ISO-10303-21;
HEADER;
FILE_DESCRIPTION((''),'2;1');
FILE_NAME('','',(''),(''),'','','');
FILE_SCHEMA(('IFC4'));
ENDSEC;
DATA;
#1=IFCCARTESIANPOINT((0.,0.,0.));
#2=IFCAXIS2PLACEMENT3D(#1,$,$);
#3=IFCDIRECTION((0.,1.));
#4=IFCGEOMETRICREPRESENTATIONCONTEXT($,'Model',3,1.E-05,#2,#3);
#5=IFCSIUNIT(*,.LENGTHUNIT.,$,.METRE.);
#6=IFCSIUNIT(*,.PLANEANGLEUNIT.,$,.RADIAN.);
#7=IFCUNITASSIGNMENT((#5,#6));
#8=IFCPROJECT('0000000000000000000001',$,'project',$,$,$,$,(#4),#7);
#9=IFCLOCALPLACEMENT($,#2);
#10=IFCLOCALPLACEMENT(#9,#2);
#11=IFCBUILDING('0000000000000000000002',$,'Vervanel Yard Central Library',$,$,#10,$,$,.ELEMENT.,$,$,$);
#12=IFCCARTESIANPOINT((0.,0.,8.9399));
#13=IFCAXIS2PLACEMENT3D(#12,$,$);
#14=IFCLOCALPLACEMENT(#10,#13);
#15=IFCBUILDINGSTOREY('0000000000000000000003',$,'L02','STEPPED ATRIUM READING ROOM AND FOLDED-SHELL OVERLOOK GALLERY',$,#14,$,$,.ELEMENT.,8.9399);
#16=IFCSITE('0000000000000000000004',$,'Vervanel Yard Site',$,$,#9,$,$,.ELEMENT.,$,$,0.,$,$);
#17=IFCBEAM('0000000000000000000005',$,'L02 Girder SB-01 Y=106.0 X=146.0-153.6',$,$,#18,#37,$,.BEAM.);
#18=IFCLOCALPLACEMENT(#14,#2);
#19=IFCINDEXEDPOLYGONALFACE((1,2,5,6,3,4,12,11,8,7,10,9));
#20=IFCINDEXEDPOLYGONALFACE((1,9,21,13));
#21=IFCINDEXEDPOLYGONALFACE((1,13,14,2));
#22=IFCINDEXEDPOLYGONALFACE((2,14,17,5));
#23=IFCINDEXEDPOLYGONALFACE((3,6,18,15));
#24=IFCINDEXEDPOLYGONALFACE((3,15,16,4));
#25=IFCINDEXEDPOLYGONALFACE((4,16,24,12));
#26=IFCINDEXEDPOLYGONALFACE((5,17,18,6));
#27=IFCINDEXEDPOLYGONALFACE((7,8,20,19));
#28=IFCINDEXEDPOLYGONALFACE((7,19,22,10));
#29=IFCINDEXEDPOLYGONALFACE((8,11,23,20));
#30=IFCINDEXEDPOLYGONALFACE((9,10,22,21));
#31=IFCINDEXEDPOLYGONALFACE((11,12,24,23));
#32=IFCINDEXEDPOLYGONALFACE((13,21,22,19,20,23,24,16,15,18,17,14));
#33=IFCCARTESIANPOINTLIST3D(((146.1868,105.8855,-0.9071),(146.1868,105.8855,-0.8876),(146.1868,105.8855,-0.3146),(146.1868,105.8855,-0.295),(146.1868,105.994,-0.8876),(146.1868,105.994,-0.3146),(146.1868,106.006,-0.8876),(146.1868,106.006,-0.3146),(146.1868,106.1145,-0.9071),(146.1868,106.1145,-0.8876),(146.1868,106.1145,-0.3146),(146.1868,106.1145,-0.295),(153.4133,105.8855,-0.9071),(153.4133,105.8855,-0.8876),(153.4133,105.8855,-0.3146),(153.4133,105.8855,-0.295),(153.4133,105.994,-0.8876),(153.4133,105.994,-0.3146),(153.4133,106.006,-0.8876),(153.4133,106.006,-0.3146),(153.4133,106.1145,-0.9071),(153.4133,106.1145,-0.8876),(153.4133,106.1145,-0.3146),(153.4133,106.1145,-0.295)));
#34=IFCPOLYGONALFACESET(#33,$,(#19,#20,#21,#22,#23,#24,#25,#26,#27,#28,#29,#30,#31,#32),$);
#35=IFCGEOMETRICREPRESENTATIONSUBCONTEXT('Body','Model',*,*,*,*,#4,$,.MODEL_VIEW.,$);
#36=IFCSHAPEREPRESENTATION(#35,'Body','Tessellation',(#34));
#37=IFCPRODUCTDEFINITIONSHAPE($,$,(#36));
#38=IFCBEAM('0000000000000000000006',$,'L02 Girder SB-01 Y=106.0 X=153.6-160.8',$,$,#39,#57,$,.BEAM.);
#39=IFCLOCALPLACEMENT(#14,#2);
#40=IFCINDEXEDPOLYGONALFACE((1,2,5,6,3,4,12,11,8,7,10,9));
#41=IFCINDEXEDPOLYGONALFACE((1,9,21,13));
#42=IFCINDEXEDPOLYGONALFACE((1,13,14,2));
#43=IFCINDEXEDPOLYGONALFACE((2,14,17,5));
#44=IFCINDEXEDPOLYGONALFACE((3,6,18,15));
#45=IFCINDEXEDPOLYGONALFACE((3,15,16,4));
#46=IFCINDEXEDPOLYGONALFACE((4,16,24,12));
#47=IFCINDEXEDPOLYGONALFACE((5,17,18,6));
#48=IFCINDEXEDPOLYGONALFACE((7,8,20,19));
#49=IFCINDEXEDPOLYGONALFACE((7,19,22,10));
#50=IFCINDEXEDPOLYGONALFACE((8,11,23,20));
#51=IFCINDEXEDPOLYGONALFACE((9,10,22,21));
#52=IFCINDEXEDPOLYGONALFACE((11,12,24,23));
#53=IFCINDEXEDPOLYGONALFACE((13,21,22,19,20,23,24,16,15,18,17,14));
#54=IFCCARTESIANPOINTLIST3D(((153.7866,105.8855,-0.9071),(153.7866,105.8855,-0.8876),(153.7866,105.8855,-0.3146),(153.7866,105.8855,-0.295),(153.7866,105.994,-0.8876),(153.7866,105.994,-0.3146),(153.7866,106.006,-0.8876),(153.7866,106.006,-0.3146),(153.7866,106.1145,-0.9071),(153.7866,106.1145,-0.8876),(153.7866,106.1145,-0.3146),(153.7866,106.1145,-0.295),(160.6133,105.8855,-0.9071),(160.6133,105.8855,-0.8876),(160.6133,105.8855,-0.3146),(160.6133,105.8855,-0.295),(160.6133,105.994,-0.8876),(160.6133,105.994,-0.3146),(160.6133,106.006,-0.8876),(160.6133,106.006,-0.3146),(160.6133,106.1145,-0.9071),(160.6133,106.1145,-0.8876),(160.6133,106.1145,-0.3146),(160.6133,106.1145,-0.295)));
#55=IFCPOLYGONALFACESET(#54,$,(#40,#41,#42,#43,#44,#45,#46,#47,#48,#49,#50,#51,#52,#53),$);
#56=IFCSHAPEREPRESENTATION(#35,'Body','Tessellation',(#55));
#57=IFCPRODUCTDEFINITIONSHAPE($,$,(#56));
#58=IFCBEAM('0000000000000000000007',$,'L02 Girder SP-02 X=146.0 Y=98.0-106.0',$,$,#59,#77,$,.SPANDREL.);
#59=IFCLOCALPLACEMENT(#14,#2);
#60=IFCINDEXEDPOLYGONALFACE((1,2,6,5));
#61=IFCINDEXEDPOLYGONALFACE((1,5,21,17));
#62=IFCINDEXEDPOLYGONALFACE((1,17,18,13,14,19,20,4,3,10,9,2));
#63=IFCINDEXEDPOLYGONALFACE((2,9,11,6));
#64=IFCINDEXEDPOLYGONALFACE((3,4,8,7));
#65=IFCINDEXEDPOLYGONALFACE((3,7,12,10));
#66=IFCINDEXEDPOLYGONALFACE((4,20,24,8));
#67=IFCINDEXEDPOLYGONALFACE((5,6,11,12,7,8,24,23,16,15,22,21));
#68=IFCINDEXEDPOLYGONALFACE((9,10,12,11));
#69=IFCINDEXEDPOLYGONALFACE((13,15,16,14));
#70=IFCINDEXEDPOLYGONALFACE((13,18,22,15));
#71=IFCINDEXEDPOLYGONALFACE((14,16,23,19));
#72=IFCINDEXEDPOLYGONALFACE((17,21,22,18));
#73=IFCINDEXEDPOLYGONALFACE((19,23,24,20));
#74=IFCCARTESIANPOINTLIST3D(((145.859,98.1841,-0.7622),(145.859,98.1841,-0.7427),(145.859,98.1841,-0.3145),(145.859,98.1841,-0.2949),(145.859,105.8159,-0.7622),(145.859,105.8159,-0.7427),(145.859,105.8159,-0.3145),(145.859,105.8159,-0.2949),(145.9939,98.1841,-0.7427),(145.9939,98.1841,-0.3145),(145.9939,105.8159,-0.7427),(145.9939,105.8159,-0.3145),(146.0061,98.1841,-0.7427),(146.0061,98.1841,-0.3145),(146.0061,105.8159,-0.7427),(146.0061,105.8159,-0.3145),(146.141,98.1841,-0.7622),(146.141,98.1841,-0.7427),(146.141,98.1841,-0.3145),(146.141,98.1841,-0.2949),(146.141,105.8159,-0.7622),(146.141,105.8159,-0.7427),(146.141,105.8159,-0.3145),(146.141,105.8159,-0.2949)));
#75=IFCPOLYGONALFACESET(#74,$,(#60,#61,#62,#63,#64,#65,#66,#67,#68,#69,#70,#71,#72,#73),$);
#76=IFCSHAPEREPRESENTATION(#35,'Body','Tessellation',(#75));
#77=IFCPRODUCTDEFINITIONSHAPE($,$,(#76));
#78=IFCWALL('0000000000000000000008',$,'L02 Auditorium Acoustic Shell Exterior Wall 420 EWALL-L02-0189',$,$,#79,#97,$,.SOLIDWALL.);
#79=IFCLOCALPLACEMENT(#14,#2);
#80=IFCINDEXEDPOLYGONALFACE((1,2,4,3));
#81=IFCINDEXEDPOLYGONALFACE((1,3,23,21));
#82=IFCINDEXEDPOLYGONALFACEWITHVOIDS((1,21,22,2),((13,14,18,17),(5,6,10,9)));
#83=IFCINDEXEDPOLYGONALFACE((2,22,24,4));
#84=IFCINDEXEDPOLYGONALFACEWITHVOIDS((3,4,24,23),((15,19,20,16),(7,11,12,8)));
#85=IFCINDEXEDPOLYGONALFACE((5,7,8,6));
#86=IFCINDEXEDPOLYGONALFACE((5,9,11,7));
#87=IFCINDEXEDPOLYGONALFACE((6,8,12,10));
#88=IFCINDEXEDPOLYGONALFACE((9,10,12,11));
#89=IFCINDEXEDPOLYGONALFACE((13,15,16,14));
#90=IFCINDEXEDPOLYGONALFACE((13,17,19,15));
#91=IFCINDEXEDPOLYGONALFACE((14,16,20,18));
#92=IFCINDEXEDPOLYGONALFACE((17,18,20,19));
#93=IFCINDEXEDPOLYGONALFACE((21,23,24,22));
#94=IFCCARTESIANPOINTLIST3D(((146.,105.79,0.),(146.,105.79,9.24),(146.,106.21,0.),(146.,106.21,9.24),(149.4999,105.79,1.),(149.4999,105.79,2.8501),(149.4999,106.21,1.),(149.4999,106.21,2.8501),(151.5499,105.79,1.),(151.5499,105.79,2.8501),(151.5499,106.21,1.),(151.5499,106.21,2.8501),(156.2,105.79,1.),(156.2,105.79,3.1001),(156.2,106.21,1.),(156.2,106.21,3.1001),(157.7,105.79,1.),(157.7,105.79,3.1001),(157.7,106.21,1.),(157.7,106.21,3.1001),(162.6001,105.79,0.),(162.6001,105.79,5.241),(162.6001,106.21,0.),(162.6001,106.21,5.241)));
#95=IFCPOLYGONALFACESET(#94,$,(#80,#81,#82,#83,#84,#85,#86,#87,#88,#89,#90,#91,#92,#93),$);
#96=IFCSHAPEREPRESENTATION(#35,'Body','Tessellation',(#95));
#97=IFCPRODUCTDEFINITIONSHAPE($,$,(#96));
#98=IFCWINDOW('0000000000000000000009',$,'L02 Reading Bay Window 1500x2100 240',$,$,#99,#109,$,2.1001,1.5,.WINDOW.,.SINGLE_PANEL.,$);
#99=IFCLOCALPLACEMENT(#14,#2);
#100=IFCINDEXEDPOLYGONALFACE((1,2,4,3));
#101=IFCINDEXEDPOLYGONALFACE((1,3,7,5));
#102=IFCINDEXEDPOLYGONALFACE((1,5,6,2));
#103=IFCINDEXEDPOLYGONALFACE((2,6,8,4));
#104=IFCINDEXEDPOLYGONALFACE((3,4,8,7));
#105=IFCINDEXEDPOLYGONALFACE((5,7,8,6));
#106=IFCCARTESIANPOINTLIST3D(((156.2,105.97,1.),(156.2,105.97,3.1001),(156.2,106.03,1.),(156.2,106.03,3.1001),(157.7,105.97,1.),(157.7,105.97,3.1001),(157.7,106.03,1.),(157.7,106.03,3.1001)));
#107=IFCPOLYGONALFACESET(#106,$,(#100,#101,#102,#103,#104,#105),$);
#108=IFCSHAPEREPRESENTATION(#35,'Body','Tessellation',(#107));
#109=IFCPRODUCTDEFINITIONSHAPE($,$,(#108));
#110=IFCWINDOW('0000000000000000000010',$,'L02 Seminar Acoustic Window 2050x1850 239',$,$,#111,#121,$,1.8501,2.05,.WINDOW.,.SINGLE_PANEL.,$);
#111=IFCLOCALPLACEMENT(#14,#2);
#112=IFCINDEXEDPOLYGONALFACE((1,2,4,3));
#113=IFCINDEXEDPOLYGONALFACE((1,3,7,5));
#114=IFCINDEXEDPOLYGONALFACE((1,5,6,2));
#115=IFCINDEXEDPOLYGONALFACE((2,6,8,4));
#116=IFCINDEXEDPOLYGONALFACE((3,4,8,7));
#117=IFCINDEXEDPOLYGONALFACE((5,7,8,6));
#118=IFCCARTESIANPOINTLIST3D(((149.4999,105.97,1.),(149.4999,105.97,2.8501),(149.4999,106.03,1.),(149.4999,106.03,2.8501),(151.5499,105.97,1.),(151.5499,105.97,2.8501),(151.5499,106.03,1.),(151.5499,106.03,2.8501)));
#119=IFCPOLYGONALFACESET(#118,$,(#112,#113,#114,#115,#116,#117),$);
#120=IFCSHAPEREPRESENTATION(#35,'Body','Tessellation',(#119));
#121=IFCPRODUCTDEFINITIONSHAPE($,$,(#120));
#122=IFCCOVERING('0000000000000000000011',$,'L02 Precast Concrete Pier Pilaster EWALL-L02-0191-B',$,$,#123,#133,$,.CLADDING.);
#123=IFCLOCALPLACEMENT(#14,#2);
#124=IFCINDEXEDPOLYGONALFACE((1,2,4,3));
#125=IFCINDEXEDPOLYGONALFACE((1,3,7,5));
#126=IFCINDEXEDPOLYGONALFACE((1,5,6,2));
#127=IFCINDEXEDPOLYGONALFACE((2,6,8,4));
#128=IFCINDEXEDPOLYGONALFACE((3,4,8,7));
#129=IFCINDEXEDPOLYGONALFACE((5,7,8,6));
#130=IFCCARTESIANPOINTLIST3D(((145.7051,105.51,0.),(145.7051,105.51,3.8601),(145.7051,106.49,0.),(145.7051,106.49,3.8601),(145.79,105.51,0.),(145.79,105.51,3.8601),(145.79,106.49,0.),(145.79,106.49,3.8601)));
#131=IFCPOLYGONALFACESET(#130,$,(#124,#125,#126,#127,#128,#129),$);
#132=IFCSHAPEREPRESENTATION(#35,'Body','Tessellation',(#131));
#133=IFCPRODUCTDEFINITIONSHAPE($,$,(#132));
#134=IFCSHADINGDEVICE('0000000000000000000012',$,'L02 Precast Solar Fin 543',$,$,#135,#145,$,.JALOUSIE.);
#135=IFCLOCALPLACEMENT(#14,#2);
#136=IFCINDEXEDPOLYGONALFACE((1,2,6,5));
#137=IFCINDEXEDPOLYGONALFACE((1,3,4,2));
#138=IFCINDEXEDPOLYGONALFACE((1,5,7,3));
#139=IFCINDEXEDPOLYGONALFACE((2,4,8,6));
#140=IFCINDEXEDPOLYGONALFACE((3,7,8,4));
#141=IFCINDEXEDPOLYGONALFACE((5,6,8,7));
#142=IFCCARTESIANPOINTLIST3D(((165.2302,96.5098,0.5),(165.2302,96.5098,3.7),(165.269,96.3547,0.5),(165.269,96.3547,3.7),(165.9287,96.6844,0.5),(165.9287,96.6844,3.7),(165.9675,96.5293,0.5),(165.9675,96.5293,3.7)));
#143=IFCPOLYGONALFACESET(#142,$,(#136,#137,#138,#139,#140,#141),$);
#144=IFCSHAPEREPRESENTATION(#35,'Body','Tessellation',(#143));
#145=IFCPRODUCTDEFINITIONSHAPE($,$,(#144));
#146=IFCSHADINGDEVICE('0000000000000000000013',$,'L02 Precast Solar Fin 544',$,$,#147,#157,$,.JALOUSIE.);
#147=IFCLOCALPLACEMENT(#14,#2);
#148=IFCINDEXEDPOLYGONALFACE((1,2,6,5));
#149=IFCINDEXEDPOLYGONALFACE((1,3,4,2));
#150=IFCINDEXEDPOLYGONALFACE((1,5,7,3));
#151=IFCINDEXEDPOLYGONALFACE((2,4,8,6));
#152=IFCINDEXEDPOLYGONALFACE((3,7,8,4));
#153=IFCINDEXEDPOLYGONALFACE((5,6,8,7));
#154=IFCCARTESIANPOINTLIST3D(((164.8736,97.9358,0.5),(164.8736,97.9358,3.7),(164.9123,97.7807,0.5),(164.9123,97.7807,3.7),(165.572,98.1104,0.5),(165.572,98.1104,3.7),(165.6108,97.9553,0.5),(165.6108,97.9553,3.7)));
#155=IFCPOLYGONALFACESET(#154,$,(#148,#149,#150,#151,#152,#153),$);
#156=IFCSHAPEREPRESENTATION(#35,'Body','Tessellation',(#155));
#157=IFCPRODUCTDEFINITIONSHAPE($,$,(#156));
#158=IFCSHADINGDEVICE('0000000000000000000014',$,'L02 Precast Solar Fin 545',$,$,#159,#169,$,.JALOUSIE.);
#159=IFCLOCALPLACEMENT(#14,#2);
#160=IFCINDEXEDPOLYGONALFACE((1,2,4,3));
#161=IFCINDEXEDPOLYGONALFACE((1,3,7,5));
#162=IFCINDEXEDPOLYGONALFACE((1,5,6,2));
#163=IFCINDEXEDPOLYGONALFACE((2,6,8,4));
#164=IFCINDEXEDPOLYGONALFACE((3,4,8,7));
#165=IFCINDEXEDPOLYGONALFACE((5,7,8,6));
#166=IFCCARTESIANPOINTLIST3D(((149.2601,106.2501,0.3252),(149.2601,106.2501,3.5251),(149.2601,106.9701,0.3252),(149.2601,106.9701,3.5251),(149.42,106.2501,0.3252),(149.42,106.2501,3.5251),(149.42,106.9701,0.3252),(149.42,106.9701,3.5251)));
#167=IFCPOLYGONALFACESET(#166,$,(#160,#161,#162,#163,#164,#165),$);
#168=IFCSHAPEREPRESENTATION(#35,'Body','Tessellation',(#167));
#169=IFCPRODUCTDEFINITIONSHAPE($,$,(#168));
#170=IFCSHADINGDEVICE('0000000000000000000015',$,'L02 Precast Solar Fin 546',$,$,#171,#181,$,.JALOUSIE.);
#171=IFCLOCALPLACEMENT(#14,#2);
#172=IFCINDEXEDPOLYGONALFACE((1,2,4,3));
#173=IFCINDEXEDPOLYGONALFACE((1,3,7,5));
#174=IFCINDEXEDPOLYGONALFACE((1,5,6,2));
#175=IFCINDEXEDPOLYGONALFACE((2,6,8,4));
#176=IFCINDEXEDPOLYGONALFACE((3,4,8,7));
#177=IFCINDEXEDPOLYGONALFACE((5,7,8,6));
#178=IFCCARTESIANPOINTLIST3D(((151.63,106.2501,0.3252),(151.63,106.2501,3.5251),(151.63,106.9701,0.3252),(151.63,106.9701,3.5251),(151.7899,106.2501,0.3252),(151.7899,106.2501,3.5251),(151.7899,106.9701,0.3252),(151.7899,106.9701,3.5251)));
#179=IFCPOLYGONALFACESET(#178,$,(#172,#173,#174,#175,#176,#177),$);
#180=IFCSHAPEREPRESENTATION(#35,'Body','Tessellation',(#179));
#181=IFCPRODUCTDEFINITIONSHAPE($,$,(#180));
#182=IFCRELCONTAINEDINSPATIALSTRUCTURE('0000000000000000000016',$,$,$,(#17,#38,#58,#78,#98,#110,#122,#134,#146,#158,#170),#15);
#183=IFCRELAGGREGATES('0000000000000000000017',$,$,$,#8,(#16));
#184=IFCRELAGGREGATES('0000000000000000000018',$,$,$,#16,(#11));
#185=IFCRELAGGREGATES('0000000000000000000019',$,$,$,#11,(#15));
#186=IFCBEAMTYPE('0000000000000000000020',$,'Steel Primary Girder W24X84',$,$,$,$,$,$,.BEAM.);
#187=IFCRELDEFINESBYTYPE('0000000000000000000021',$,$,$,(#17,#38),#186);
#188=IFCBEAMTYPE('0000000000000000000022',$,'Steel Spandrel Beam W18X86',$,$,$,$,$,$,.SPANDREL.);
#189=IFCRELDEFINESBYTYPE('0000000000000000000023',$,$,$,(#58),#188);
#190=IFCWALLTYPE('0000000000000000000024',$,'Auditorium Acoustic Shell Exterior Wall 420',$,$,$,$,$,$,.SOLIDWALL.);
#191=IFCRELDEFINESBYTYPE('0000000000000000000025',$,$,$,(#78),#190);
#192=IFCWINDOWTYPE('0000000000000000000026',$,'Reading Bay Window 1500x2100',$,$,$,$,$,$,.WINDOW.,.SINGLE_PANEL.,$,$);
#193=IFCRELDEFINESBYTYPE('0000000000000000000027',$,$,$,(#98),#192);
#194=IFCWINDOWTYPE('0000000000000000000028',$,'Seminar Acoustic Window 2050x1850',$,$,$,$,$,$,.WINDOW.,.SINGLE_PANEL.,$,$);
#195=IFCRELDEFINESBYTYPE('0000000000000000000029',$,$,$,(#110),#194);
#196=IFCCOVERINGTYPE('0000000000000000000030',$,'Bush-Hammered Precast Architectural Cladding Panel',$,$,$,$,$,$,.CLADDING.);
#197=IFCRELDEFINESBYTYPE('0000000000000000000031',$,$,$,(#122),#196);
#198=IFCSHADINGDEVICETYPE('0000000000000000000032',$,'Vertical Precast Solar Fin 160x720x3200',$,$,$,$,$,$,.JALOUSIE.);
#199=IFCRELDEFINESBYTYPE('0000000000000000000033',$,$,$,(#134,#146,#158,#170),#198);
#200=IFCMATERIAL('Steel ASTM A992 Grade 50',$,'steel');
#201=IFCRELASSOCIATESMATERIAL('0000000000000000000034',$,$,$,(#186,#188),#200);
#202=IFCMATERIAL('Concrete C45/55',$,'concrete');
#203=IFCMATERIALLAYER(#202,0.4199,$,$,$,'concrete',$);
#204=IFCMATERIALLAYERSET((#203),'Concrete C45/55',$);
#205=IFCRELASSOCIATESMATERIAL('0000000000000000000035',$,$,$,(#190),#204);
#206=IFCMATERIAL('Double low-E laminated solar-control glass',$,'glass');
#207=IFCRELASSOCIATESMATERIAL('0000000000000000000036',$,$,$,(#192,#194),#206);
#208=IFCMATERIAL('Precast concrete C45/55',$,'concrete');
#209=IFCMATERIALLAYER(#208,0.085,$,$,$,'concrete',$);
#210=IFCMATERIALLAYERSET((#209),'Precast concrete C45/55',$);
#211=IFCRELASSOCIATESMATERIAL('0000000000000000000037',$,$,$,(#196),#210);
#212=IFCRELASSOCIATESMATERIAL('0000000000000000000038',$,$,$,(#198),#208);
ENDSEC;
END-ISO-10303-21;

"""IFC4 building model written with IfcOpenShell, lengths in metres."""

from ifc_helpers import new_model, si_unit, direction, frame, frame_2d, origin, origin_2d, place, context, subcontext, project, spatial, polyline, rectangle, i_section, outline, extrude, material, layer, layer_set, material_profile, profile_set, type_object, element, fill, save


model = new_model("IFC4")

# Units and contexts
model_context = context("Model", 3, precision=1e-05, world=origin(), true_north=direction((0.0, 1.0)))
body_context = subcontext(model_context, "Body", "Model", "MODEL_VIEW")
ifc_project = project(units=[si_unit("LENGTHUNIT", "METRE"), si_unit("PLANEANGLEUNIT", "RADIAN")], contexts=[model_context])

# Site, building, storey
site_placement = place(None, origin())
site = spatial("IfcSite", under=ifc_project, at=site_placement, Name="Vervanel Yard Site", CompositionType="ELEMENT", RefElevation=0.0)
building_placement = place(site_placement, origin())
building = spatial("IfcBuilding", under=site, at=building_placement, Name="Vervanel Yard Central Library", CompositionType="ELEMENT")
storey_placement = place(building_placement, frame((0.0, 0.0, 8.9399)))
storey = spatial("IfcBuildingStorey", under=building, at=storey_placement, Name="L02", Description="STEPPED ATRIUM READING ROOM AND FOLDED-SHELL OVERLOOK GALLERY", CompositionType="ELEMENT", Elevation=8.9399)

# Shared definitions
ifc_material_1 = material(Name="Steel ASTM A992 Grade 50", Category="steel")

# Beams
ifc_material_profile_1 = material_profile(ifc_material_1, i_section(OverallWidth=0.229, OverallDepth=0.6121, WebThickness=0.012, FlangeThickness=0.0195, at=origin_2d()), Name="W24X84", Category="steel")
ifc_profile_set_1 = profile_set([ifc_material_profile_1], Name="Steel ASTM A992 Grade 50")
beam_type_1 = type_object("IfcBeamType", Name="Steel Primary Girder W24X84", PredefinedType="BEAM", material=ifc_profile_set_1)
beam_1_placement = place(storey_placement, frame((146.1868, 106.0, -0.6011), z_axis=(1.0, 0.0, 0.0), x_axis=(0.0, 1.0, 0.0)))
element("IfcBeam", 1, at=beam_1_placement, inside=storey, type_object=beam_type_1, Name="L02 Girder SB-01 Y=106.0 X=146.0-153.6", PredefinedType="BEAM", context=body_context, shape_type="SweptSolid", body=[
    extrude(i_section(OverallWidth=0.229, OverallDepth=0.6121, WebThickness=0.012, FlangeThickness=0.0195, at=origin_2d()), origin(), (0.0, 0.0, 1.0), 7.2266),
])
beam_2_placement = place(storey_placement, frame((153.7866, 106.0, -0.6011), z_axis=(1.0, 0.0, 0.0), x_axis=(0.0, 1.0, 0.0)))
element("IfcBeam", 2, at=beam_2_placement, inside=storey, type_object=beam_type_1, Name="L02 Girder SB-01 Y=106.0 X=153.6-160.8", PredefinedType="BEAM", context=body_context, shape_type="SweptSolid", body=[
    extrude(i_section(OverallWidth=0.229, OverallDepth=0.6121, WebThickness=0.012, FlangeThickness=0.0195, at=origin_2d()), origin(), (0.0, 0.0, 1.0), 6.8267),
])
ifc_material_profile_2 = material_profile(ifc_material_1, i_section(OverallWidth=0.282, OverallDepth=0.4673, WebThickness=0.0122, FlangeThickness=0.0195, at=origin_2d()), Name="W18X86", Category="steel")
ifc_profile_set_2 = profile_set([ifc_material_profile_2], Name="Steel ASTM A992 Grade 50")
beam_type_2 = type_object("IfcBeamType", Name="Steel Spandrel Beam W18X86", PredefinedType="SPANDREL", material=ifc_profile_set_2)
beam_3_placement = place(storey_placement, frame((146.0, 98.1841, -0.5286), z_axis=(0.0, 1.0, 0.0), x_axis=(-1.0, 0.0, 0.0)))
element("IfcBeam", 3, at=beam_3_placement, inside=storey, type_object=beam_type_2, Name="L02 Girder SP-02 X=146.0 Y=98.0-106.0", PredefinedType="SPANDREL", context=body_context, shape_type="SweptSolid", body=[
    extrude(i_section(OverallWidth=0.282, OverallDepth=0.4673, WebThickness=0.0122, FlangeThickness=0.0195, at=origin_2d()), origin(), (0.0, 0.0, 1.0), 7.6318),
])

# Wall, openings, windows
ifc_material_2 = material(Name="Concrete C45/55", Category="concrete")
ifc_layer_1 = layer(ifc_material_2, 0.4199, Category="concrete")
ifc_layer_set_1 = layer_set([ifc_layer_1], Name="Concrete C45/55")
wall_type_1 = type_object("IfcWallType", Name="Auditorium Acoustic Shell Exterior Wall 420", PredefinedType="SOLIDWALL", material=ifc_layer_set_1)
wall_1_placement = place(storey_placement, frame((146.0, 106.0, 0.0), z_axis=(0.0, 0.0, 1.0), x_axis=(1.0, 0.0, 0.0)))
wall_1 = element("IfcWall", 4, at=wall_1_placement, inside=storey, type_object=wall_type_1, Name="L02 Auditorium Acoustic Shell Exterior Wall 420 EWALL-L02-0189", PredefinedType="SOLIDWALL", context=body_context, shape_type="SweptSolid", body=[
    extrude(outline(polyline([(0.0, 0.0), (16.6001, 0.0), (16.6001, 5.241), (0.0, 9.24), (0.0, 0.0)])), frame((0.0, 0.21, 0.0), z_axis=(0.0, -1.0, 0.0), x_axis=(1.0, 0.0, 0.0)), (0.0, 0.0, 1.0), 0.4199),
])
opening_1_placement = place(wall_1_placement, frame((3.5, 0.0, 1.0)))
opening_1 = element("IfcOpeningElement", 5, at=opening_1_placement, cuts=wall_1, PredefinedType="OPENING", context=body_context, shape_type="SweptSolid", body=[
    extrude(rectangle(XDim=2.05, YDim=1.8501, at=frame_2d((1.0249, 0.925))), frame((0.0, 0.22, 0.0), z_axis=(0.0, -1.0, 0.0), x_axis=(1.0, 0.0, 0.0)), (0.0, 0.0, 1.0), 0.4399),
])
opening_2_placement = place(wall_1_placement, frame((10.2, 0.0, 1.0)))
opening_2 = element("IfcOpeningElement", 6, at=opening_2_placement, cuts=wall_1, PredefinedType="OPENING", context=body_context, shape_type="SweptSolid", body=[
    extrude(rectangle(XDim=1.5, YDim=2.1001, at=frame_2d((0.75, 1.05))), frame((0.0, 0.22, 0.0), z_axis=(0.0, -1.0, 0.0), x_axis=(1.0, 0.0, 0.0)), (0.0, 0.0, 1.0), 0.4399),
])
ifc_material_3 = material(Name="Double low-E laminated solar-control glass", Category="glass")
window_type_1 = type_object("IfcWindowType", Name="Reading Bay Window 1500x2100", PartitioningType="SINGLE_PANEL", PredefinedType="WINDOW", material=ifc_material_3)
window_1_placement = place(opening_2_placement, origin())
window_1 = element("IfcWindow", 7, at=window_1_placement, inside=storey, type_object=window_type_1, Name="L02 Reading Bay Window 1500x2100 240", OverallHeight=2.1001, OverallWidth=1.5, PartitioningType="SINGLE_PANEL", PredefinedType="WINDOW", context=body_context, shape_type="SweptSolid", body=[
    extrude(rectangle(XDim=1.5, YDim=2.1001, at=frame_2d((0.75, 1.05))), frame((0.0, 0.03, 0.0), z_axis=(0.0, -1.0, 0.0), x_axis=(1.0, 0.0, 0.0)), (0.0, 0.0, 1.0), 0.0601),
])
fill(opening_2, window_1)
window_type_2 = type_object("IfcWindowType", Name="Seminar Acoustic Window 2050x1850", PartitioningType="SINGLE_PANEL", PredefinedType="WINDOW", material=ifc_material_3)
window_2_placement = place(opening_1_placement, origin())
window_2 = element("IfcWindow", 8, at=window_2_placement, inside=storey, type_object=window_type_2, Name="L02 Seminar Acoustic Window 2050x1850 239", OverallHeight=1.8501, OverallWidth=2.05, PartitioningType="SINGLE_PANEL", PredefinedType="WINDOW", context=body_context, shape_type="SweptSolid", body=[
    extrude(rectangle(XDim=2.05, YDim=1.8501, at=frame_2d((1.0249, 0.925))), frame((0.0, 0.03, 0.0), z_axis=(0.0, -1.0, 0.0), x_axis=(1.0, 0.0, 0.0)), (0.0, 0.0, 1.0), 0.0601),
])
fill(opening_1, window_2)

# Covering
ifc_material_4 = material(Name="Precast concrete C45/55", Category="concrete")
ifc_layer_2 = layer(ifc_material_4, 0.085, Category="concrete")
ifc_layer_set_2 = layer_set([ifc_layer_2], Name="Precast concrete C45/55")
covering_type = type_object("IfcCoveringType", Name="Bush-Hammered Precast Architectural Cladding Panel", PredefinedType="CLADDING", material=ifc_layer_set_2)
covering_placement = place(storey_placement, frame((145.7476, 106.0, 0.0), z_axis=(0.0, 0.0, 1.0), x_axis=(0.0, 1.0, 0.0)))
element("IfcCovering", 9, at=covering_placement, inside=storey, type_object=covering_type, Name="L02 Precast Concrete Pier Pilaster EWALL-L02-0191-B", PredefinedType="CLADDING", context=body_context, shape_type="SweptSolid", body=[
    extrude(rectangle(XDim=0.98, YDim=0.085, at=origin_2d()), origin(), (0.0, 0.0, 1.0), 3.8601),
])

# Shading devices
shading_device_type = type_object("IfcShadingDeviceType", Name="Vertical Precast Solar Fin 160x720x3200", PredefinedType="JALOUSIE", material=ifc_material_4)
for number, where, z_axis, x_axis, name in (
    (10, (165.5989, 96.5195, 0.5), (0.0, 0.0, 1.0), (-0.242535, 0.970143, 0.0), "L02 Precast Solar Fin 543"),
    (11, (165.2422, 97.9456, 0.5), (0.0, 0.0, 1.0), (-0.242535, 0.970143, 0.0), "L02 Precast Solar Fin 544"),
    (12, (149.3401, 106.6101, 0.3252), (0.0, 0.0, 1.0), (1.0, 0.0, 0.0), "L02 Precast Solar Fin 545"),
    (13, (151.71, 106.6101, 0.3252), (0.0, 0.0, 1.0), (1.0, 0.0, 0.0), "L02 Precast Solar Fin 546"),
):
    element("IfcShadingDevice", number, at=place(storey_placement, frame(where, z_axis=z_axis, x_axis=x_axis)), inside=storey, type_object=shading_device_type, Name=name, PredefinedType="JALOUSIE", context=body_context, shape_type="SweptSolid", body=[
        extrude(rectangle(XDim=0.1599, YDim=0.72, at=origin_2d()), origin(), (0.0, 0.0, 1.0), 3.2),
    ])

save(model, "model.ifc")
